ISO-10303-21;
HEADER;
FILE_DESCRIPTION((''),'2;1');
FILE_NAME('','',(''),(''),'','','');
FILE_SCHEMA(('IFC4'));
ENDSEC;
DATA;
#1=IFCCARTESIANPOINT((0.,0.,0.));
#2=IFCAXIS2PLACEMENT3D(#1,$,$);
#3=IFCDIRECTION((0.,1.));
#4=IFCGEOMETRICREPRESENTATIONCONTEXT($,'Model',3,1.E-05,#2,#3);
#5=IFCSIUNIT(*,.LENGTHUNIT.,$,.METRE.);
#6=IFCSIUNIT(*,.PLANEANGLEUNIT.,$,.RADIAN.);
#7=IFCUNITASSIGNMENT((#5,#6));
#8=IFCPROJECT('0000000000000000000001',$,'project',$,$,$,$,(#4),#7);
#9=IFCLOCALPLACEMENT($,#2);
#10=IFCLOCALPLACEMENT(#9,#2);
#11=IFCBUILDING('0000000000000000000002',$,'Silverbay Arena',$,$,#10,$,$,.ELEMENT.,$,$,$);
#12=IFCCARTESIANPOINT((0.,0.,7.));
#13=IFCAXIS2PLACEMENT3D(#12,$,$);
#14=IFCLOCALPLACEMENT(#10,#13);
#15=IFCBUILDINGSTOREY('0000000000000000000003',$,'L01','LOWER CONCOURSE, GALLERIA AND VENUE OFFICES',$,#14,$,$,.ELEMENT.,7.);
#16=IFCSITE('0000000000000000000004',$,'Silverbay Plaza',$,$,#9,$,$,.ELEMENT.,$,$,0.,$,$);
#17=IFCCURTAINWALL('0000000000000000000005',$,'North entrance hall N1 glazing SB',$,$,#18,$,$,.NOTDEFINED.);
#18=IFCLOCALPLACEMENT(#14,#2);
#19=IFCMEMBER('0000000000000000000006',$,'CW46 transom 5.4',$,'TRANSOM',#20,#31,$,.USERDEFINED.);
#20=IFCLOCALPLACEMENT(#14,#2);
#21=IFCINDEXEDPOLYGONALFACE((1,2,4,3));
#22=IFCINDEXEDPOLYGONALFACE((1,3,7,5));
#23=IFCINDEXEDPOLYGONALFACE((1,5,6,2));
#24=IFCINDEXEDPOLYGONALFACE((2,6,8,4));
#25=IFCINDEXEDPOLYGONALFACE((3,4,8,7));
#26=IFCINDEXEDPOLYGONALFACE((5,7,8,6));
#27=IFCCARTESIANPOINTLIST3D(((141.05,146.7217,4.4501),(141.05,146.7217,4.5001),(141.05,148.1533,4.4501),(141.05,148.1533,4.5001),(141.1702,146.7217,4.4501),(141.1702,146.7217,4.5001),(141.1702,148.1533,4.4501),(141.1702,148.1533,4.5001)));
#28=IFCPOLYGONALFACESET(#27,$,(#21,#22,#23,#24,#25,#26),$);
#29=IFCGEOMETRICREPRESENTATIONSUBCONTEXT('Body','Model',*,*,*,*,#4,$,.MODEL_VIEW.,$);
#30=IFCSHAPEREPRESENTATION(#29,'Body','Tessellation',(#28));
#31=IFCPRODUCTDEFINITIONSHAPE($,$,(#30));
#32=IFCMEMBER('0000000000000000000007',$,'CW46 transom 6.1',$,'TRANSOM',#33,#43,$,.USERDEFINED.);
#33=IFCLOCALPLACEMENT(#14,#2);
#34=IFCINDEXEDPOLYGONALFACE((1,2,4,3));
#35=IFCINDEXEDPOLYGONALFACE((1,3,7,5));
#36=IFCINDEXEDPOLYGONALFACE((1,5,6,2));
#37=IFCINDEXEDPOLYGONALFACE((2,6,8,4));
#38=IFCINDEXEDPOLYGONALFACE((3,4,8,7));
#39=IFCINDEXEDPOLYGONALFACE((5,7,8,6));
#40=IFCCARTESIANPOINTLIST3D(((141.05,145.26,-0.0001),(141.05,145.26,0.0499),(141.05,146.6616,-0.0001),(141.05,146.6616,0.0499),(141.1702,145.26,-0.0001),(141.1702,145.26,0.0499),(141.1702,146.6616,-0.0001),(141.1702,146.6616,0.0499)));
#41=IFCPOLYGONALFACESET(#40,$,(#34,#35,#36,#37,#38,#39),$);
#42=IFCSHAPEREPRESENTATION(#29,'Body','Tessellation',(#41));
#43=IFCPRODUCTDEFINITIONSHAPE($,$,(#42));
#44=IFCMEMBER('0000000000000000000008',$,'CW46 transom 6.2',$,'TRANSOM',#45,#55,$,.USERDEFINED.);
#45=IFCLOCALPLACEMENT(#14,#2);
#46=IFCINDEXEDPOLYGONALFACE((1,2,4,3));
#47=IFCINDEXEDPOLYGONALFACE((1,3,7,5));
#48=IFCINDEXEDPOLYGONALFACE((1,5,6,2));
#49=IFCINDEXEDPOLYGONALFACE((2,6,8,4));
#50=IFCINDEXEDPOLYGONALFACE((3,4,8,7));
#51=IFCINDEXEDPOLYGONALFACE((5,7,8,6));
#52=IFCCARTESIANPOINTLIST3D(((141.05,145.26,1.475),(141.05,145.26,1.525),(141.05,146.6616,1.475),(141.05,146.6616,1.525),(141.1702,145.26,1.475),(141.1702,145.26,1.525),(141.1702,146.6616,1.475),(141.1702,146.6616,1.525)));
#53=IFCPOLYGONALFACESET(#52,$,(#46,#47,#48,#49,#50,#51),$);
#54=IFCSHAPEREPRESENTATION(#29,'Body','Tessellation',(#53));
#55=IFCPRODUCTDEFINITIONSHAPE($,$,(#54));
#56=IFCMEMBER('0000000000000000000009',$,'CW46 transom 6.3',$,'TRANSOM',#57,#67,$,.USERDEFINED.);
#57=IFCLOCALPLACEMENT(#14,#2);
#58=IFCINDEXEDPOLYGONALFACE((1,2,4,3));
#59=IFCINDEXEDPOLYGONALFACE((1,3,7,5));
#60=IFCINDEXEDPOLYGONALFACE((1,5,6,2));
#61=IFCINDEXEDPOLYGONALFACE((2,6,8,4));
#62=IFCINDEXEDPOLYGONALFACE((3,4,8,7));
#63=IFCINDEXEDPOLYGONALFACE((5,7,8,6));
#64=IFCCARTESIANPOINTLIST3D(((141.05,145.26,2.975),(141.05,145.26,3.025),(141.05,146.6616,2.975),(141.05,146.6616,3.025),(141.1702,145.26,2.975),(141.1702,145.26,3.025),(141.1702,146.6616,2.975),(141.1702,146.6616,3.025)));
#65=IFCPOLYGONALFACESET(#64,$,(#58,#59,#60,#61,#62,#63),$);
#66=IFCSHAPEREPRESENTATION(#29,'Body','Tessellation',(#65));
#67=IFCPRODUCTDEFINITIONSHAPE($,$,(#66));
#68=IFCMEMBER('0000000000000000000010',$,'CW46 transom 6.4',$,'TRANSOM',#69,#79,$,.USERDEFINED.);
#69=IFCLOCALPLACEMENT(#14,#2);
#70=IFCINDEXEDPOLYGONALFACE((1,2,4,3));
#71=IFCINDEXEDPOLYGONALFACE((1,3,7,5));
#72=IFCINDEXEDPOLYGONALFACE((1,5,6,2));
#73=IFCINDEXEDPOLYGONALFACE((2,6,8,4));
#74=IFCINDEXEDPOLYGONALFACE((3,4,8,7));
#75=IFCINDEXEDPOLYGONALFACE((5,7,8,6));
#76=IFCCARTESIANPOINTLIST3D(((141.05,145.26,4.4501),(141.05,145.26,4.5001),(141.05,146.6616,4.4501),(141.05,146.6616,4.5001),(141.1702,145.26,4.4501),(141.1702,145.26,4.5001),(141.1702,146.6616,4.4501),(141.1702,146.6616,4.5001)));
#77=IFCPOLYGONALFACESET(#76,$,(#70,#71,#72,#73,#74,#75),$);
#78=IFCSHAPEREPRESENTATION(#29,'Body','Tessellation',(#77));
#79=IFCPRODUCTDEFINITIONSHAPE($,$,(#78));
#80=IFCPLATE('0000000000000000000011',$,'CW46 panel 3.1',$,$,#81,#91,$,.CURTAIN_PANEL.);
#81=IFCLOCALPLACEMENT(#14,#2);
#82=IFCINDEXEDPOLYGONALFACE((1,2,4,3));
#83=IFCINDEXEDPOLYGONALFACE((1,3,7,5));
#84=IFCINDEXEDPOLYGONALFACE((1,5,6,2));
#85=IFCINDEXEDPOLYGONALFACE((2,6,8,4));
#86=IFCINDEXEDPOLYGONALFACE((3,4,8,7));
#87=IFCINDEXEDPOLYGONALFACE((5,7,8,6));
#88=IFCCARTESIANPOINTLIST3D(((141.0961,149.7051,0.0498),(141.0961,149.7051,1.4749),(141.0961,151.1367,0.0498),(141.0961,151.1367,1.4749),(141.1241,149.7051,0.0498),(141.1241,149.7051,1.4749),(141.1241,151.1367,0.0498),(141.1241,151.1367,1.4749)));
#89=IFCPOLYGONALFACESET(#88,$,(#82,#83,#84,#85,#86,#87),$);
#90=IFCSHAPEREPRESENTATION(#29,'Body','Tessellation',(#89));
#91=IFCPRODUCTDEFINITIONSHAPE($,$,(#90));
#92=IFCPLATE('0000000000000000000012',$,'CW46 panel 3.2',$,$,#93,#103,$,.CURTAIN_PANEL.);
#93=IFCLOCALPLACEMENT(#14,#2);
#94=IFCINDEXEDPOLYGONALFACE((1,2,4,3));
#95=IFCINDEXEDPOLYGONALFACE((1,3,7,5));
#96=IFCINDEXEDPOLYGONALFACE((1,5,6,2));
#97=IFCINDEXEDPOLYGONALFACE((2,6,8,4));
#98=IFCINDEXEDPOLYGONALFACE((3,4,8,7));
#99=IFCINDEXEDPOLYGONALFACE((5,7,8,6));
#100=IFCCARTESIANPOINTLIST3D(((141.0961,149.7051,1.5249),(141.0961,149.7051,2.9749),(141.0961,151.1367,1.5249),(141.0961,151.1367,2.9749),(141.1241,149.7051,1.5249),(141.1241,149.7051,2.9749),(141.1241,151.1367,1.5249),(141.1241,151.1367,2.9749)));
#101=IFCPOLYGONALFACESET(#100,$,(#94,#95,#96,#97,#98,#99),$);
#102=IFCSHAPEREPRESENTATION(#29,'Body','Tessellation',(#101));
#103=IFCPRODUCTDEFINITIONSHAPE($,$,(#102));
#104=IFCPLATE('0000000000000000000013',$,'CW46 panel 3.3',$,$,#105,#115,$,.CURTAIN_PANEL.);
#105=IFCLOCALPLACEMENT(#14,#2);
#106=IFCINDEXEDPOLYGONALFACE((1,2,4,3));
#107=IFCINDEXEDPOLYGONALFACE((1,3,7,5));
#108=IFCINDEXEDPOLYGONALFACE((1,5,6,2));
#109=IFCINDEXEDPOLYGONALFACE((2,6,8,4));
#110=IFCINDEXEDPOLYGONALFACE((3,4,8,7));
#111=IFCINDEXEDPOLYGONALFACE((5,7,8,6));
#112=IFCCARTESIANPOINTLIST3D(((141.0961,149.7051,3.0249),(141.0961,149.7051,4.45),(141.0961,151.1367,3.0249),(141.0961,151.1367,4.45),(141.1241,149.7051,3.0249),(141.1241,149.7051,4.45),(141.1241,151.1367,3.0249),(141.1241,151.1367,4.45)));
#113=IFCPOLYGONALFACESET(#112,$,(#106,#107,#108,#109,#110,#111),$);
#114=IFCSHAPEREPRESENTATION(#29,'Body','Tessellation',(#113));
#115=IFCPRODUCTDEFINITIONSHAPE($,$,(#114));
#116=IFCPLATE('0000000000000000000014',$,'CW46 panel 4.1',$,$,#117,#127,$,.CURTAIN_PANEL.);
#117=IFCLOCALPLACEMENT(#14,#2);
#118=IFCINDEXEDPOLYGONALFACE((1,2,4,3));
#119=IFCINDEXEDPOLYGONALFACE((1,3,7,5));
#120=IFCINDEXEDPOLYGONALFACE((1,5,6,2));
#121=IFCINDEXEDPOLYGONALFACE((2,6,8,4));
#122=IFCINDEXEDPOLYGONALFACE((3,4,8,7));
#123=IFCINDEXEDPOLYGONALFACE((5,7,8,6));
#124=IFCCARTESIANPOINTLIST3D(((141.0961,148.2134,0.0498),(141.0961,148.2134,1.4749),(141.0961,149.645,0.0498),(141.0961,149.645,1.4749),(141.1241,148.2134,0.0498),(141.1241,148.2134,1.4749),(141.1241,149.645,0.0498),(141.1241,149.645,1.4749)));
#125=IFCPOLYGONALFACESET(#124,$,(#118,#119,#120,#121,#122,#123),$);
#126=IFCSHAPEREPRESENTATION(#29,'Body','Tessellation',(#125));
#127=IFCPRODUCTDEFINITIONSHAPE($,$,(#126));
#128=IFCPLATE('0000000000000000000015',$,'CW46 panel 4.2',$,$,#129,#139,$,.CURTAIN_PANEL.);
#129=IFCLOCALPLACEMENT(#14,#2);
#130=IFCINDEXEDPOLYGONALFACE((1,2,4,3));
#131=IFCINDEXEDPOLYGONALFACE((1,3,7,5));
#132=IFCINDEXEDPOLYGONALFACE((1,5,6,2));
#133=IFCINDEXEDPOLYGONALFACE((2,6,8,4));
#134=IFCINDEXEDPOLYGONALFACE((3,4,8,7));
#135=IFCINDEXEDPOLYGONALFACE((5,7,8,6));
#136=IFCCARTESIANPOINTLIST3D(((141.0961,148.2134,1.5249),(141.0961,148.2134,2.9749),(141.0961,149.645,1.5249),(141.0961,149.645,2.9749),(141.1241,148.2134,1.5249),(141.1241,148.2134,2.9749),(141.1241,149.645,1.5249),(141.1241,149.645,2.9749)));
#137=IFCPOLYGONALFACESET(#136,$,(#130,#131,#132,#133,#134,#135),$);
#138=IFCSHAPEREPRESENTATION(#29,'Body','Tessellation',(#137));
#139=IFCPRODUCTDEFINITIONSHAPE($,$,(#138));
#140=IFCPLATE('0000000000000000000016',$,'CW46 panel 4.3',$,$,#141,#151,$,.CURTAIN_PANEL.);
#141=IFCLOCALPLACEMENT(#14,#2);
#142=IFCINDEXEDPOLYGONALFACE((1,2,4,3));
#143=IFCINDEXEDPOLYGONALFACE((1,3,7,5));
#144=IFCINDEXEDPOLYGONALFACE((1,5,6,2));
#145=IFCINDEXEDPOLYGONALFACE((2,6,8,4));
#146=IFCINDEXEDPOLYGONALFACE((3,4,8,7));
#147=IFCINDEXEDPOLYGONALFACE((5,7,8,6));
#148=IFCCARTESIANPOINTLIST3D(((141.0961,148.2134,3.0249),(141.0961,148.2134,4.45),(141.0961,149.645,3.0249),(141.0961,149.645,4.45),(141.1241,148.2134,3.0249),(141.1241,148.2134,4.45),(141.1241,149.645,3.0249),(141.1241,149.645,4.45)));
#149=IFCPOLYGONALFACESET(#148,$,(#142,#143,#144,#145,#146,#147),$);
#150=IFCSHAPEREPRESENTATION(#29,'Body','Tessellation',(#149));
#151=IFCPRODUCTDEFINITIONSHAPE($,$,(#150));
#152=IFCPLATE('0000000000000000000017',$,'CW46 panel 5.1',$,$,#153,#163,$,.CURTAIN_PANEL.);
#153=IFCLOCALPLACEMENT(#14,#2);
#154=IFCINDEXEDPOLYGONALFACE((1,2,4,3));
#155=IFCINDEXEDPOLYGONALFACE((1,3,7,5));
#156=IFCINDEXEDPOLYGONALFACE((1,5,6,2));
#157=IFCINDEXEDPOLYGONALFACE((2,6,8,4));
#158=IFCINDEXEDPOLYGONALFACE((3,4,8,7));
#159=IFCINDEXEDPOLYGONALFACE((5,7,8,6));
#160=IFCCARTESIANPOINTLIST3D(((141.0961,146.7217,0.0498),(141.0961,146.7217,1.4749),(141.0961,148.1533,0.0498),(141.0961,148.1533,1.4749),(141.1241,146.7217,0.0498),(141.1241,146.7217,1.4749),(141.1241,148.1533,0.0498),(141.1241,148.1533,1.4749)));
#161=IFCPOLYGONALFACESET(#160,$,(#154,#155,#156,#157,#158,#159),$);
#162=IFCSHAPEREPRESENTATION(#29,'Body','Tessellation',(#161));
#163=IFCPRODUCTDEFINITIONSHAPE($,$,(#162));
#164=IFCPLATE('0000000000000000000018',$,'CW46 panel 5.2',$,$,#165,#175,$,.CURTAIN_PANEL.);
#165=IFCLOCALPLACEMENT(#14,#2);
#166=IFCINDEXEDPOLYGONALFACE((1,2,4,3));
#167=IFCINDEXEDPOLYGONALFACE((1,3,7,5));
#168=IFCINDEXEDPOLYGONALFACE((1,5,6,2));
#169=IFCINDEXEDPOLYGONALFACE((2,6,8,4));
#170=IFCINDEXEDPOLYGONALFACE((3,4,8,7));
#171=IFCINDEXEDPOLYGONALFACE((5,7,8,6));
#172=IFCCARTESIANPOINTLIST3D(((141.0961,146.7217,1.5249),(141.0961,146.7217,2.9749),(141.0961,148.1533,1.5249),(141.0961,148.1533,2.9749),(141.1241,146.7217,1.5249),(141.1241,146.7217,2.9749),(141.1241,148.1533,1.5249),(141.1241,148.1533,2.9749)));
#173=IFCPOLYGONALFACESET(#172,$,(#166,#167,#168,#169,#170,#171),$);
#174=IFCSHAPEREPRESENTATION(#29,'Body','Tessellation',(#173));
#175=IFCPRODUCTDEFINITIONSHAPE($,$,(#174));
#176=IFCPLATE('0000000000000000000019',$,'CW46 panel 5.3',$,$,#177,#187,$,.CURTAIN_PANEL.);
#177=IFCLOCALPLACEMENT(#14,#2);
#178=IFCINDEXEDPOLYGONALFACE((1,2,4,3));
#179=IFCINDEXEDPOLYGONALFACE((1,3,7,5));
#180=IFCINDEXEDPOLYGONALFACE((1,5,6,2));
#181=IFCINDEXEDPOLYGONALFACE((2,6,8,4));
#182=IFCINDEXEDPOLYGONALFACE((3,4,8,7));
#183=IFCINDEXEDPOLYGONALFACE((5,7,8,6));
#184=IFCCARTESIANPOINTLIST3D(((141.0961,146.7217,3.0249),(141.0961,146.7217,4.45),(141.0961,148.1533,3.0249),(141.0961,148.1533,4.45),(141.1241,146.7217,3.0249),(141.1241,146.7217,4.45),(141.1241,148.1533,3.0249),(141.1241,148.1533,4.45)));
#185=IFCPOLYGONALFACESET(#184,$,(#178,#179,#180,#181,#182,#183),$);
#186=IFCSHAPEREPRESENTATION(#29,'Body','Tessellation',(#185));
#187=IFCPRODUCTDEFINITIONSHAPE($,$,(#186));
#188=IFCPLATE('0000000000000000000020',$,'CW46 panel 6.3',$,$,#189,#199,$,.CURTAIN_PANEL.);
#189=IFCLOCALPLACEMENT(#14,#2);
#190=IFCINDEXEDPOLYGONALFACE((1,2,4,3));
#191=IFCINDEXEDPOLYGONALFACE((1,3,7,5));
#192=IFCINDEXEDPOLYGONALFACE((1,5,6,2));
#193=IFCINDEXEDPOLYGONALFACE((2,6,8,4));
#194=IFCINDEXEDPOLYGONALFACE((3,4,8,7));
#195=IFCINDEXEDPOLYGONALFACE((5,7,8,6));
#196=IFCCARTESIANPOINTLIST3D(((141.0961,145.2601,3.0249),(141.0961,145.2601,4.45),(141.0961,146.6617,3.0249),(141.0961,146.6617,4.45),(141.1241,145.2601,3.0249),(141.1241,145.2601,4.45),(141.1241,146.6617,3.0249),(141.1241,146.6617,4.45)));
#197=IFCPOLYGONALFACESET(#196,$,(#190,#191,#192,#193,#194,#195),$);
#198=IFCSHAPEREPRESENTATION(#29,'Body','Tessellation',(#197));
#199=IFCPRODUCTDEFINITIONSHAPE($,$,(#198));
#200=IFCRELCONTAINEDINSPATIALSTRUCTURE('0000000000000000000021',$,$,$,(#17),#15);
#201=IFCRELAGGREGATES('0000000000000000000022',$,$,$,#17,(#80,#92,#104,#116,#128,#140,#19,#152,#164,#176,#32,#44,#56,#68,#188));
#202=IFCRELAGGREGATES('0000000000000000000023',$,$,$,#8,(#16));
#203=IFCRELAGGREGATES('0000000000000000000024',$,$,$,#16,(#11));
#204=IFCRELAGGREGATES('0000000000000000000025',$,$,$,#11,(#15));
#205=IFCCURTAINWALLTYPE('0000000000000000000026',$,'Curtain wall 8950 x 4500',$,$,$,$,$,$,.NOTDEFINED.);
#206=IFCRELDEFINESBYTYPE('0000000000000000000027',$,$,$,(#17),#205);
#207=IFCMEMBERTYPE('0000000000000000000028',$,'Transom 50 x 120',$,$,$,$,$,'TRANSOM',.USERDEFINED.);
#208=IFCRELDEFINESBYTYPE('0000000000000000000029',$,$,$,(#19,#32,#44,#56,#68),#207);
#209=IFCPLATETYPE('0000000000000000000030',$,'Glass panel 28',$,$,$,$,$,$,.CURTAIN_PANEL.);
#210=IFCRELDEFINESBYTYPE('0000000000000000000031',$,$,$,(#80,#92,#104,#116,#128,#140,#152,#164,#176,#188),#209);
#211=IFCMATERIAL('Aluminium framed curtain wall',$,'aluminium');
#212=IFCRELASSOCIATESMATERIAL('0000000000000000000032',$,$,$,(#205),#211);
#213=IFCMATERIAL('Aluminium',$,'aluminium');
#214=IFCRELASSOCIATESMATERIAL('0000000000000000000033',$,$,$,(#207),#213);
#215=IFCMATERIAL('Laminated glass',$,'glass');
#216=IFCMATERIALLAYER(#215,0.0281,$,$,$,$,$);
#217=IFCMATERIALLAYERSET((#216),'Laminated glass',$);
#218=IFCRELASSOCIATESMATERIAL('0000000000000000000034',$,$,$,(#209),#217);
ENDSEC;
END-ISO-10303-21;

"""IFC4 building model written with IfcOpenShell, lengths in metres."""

from ifc_helpers import new_model, si_unit, direction, frame, origin, origin_2d, place, context, subcontext, project, spatial, rectangle, extrude, material, layer, layer_set, material_profile, profile_set, type_object, element, aggregate, save


model = new_model("IFC4")

# Units and contexts
model_context = context("Model", 3, precision=1e-05, world=origin(), true_north=direction((0.0, 1.0)))
body_context = subcontext(model_context, "Body", "Model", "MODEL_VIEW")
ifc_project = project(units=[si_unit("LENGTHUNIT", "METRE"), si_unit("PLANEANGLEUNIT", "RADIAN")], contexts=[model_context])

# Site, building, storey
site_placement = place(None, origin())
site = spatial("IfcSite", under=ifc_project, at=site_placement, Name="Silverbay Plaza", CompositionType="ELEMENT", RefElevation=0.0)
building_placement = place(site_placement, origin())
building = spatial("IfcBuilding", under=site, at=building_placement, Name="Silverbay Arena", CompositionType="ELEMENT")
storey_placement = place(building_placement, frame((0.0, 0.0, 7.0)))
storey = spatial("IfcBuildingStorey", under=building, at=storey_placement, Name="L01", Description="LOWER CONCOURSE, GALLERIA AND VENUE OFFICES", CompositionType="ELEMENT", Elevation=7.0)

# Curtain wall, members, plates
ifc_material_1 = material(Name="Aluminium framed curtain wall", Category="aluminium")
curtain_wall_type = type_object("IfcCurtainWallType", Name="Curtain wall 8950 x 4500", PredefinedType="NOTDEFINED", material=ifc_material_1)
curtain_wall_placement = place(storey_placement, origin())
curtain_wall = element("IfcCurtainWall", 1, at=curtain_wall_placement, inside=storey, type_object=curtain_wall_type, Name="North entrance hall N1 glazing SB", PredefinedType="NOTDEFINED")
ifc_material_2 = material(Name="Aluminium", Category="aluminium")
ifc_material_profile_1 = material_profile(ifc_material_2, rectangle(XDim=0.1201, YDim=0.05, at=origin_2d()), Name="Transom 50 x 120")
ifc_profile_set_1 = profile_set([ifc_material_profile_1], Name="Aluminium")
member_type_1 = type_object("IfcMemberType", Name="Transom 50 x 120", ElementType="TRANSOM", PredefinedType="USERDEFINED", material=ifc_profile_set_1)
member_1_placement = place(storey_placement, frame((141.1101, 148.1533, 4.4751), z_axis=(0.0, -1.0, 0.0), x_axis=(1.0, 0.0, 0.0)))
member_1 = element("IfcMember", 2, at=member_1_placement, type_object=member_type_1, Name="CW46 transom 5.4", ObjectType="TRANSOM", PredefinedType="USERDEFINED", context=body_context, shape_type="SweptSolid", body=[
    extrude(rectangle(XDim=0.1201, YDim=0.05, at=origin_2d()), origin(), (0.0, 0.0, 1.0), 1.4316),
])
member_2_placement = place(storey_placement, frame((141.1101, 146.6616, 0.0249), z_axis=(0.0, -1.0, 0.0), x_axis=(1.0, 0.0, 0.0)))
member_2 = element("IfcMember", 3, at=member_2_placement, type_object=member_type_1, Name="CW46 transom 6.1", ObjectType="TRANSOM", PredefinedType="USERDEFINED", context=body_context, shape_type="SweptSolid", body=[
    extrude(rectangle(XDim=0.1201, YDim=0.05, at=origin_2d()), origin(), (0.0, 0.0, 1.0), 1.4016),
])
member_3_placement = place(storey_placement, frame((141.1101, 146.6616, 1.5), z_axis=(0.0, -1.0, 0.0), x_axis=(1.0, 0.0, 0.0)))
member_3 = element("IfcMember", 4, at=member_3_placement, type_object=member_type_1, Name="CW46 transom 6.2", ObjectType="TRANSOM", PredefinedType="USERDEFINED", context=body_context, shape_type="SweptSolid", body=[
    extrude(rectangle(XDim=0.1201, YDim=0.05, at=origin_2d()), origin(), (0.0, 0.0, 1.0), 1.4016),
])
member_4_placement = place(storey_placement, frame((141.1101, 146.6616, 3.0), z_axis=(0.0, -1.0, 0.0), x_axis=(1.0, 0.0, 0.0)))
member_4 = element("IfcMember", 5, at=member_4_placement, type_object=member_type_1, Name="CW46 transom 6.3", ObjectType="TRANSOM", PredefinedType="USERDEFINED", context=body_context, shape_type="SweptSolid", body=[
    extrude(rectangle(XDim=0.1201, YDim=0.05, at=origin_2d()), origin(), (0.0, 0.0, 1.0), 1.4016),
])
member_5_placement = place(storey_placement, frame((141.1101, 146.6616, 4.4751), z_axis=(0.0, -1.0, 0.0), x_axis=(1.0, 0.0, 0.0)))
member_5 = element("IfcMember", 6, at=member_5_placement, type_object=member_type_1, Name="CW46 transom 6.4", ObjectType="TRANSOM", PredefinedType="USERDEFINED", context=body_context, shape_type="SweptSolid", body=[
    extrude(rectangle(XDim=0.1201, YDim=0.05, at=origin_2d()), origin(), (0.0, 0.0, 1.0), 1.4016),
])
ifc_material_3 = material(Name="Laminated glass", Category="glass")
ifc_layer = layer(ifc_material_3, 0.0281)
ifc_layer_set = layer_set([ifc_layer], Name="Laminated glass")
plate_type = type_object("IfcPlateType", Name="Glass panel 28", PredefinedType="CURTAIN_PANEL", material=ifc_layer_set)
plate_1_placement = place(storey_placement, frame((141.1101, 150.4209, 0.0498), z_axis=(0.0, 0.0, 1.0), x_axis=(0.0, -1.0, 0.0)))
plate_1 = element("IfcPlate", 7, at=plate_1_placement, type_object=plate_type, Name="CW46 panel 3.1", PredefinedType="CURTAIN_PANEL", context=body_context, shape_type="SweptSolid", body=[
    extrude(rectangle(XDim=1.4316, YDim=0.0281, at=origin_2d()), origin(), (0.0, 0.0, 1.0), 1.425),
])
plate_2_placement = place(storey_placement, frame((141.1101, 150.4209, 1.5249), z_axis=(0.0, 0.0, 1.0), x_axis=(0.0, -1.0, 0.0)))
plate_2 = element("IfcPlate", 8, at=plate_2_placement, type_object=plate_type, Name="CW46 panel 3.2", PredefinedType="CURTAIN_PANEL", context=body_context, shape_type="SweptSolid", body=[
    extrude(rectangle(XDim=1.4316, YDim=0.0281, at=origin_2d()), origin(), (0.0, 0.0, 1.0), 1.45),
])
plate_3_placement = place(storey_placement, frame((141.1101, 150.4209, 3.0249), z_axis=(0.0, 0.0, 1.0), x_axis=(0.0, -1.0, 0.0)))
plate_3 = element("IfcPlate", 9, at=plate_3_placement, type_object=plate_type, Name="CW46 panel 3.3", PredefinedType="CURTAIN_PANEL", context=body_context, shape_type="SweptSolid", body=[
    extrude(rectangle(XDim=1.4316, YDim=0.0281, at=origin_2d()), origin(), (0.0, 0.0, 1.0), 1.425),
])
plate_4_placement = place(storey_placement, frame((141.1101, 148.9292, 0.0498), z_axis=(0.0, 0.0, 1.0), x_axis=(0.0, -1.0, 0.0)))
plate_4 = element("IfcPlate", 10, at=plate_4_placement, type_object=plate_type, Name="CW46 panel 4.1", PredefinedType="CURTAIN_PANEL", context=body_context, shape_type="SweptSolid", body=[
    extrude(rectangle(XDim=1.4316, YDim=0.0281, at=origin_2d()), origin(), (0.0, 0.0, 1.0), 1.425),
])
plate_5_placement = place(storey_placement, frame((141.1101, 148.9292, 1.5249), z_axis=(0.0, 0.0, 1.0), x_axis=(0.0, -1.0, 0.0)))
plate_5 = element("IfcPlate", 11, at=plate_5_placement, type_object=plate_type, Name="CW46 panel 4.2", PredefinedType="CURTAIN_PANEL", context=body_context, shape_type="SweptSolid", body=[
    extrude(rectangle(XDim=1.4316, YDim=0.0281, at=origin_2d()), origin(), (0.0, 0.0, 1.0), 1.45),
])
plate_6_placement = place(storey_placement, frame((141.1101, 148.9292, 3.0249), z_axis=(0.0, 0.0, 1.0), x_axis=(0.0, -1.0, 0.0)))
plate_6 = element("IfcPlate", 12, at=plate_6_placement, type_object=plate_type, Name="CW46 panel 4.3", PredefinedType="CURTAIN_PANEL", context=body_context, shape_type="SweptSolid", body=[
    extrude(rectangle(XDim=1.4316, YDim=0.0281, at=origin_2d()), origin(), (0.0, 0.0, 1.0), 1.425),
])
plate_7_placement = place(storey_placement, frame((141.1101, 147.4375, 0.0498), z_axis=(0.0, 0.0, 1.0), x_axis=(0.0, -1.0, 0.0)))
plate_7 = element("IfcPlate", 13, at=plate_7_placement, type_object=plate_type, Name="CW46 panel 5.1", PredefinedType="CURTAIN_PANEL", context=body_context, shape_type="SweptSolid", body=[
    extrude(rectangle(XDim=1.4316, YDim=0.0281, at=origin_2d()), origin(), (0.0, 0.0, 1.0), 1.425),
])
plate_8_placement = place(storey_placement, frame((141.1101, 147.4375, 1.5249), z_axis=(0.0, 0.0, 1.0), x_axis=(0.0, -1.0, 0.0)))
plate_8 = element("IfcPlate", 14, at=plate_8_placement, type_object=plate_type, Name="CW46 panel 5.2", PredefinedType="CURTAIN_PANEL", context=body_context, shape_type="SweptSolid", body=[
    extrude(rectangle(XDim=1.4316, YDim=0.0281, at=origin_2d()), origin(), (0.0, 0.0, 1.0), 1.45),
])
plate_9_placement = place(storey_placement, frame((141.1101, 147.4375, 3.0249), z_axis=(0.0, 0.0, 1.0), x_axis=(0.0, -1.0, 0.0)))
plate_9 = element("IfcPlate", 15, at=plate_9_placement, type_object=plate_type, Name="CW46 panel 5.3", PredefinedType="CURTAIN_PANEL", context=body_context, shape_type="SweptSolid", body=[
    extrude(rectangle(XDim=1.4316, YDim=0.0281, at=origin_2d()), origin(), (0.0, 0.0, 1.0), 1.425),
])
plate_10_placement = place(storey_placement, frame((141.1101, 145.9609, 3.0249), z_axis=(0.0, 0.0, 1.0), x_axis=(0.0, -1.0, 0.0)))
plate_10 = element("IfcPlate", 16, at=plate_10_placement, type_object=plate_type, Name="CW46 panel 6.3", PredefinedType="CURTAIN_PANEL", context=body_context, shape_type="SweptSolid", body=[
    extrude(rectangle(XDim=1.4016, YDim=0.0281, at=origin_2d()), origin(), (0.0, 0.0, 1.0), 1.425),
])
aggregate(curtain_wall, [plate_1, plate_2, plate_3, plate_4, plate_5, plate_6, member_1, plate_7, plate_8, plate_9, member_2, member_3, member_4, member_5, plate_10])

save(model, "model.ifc")
